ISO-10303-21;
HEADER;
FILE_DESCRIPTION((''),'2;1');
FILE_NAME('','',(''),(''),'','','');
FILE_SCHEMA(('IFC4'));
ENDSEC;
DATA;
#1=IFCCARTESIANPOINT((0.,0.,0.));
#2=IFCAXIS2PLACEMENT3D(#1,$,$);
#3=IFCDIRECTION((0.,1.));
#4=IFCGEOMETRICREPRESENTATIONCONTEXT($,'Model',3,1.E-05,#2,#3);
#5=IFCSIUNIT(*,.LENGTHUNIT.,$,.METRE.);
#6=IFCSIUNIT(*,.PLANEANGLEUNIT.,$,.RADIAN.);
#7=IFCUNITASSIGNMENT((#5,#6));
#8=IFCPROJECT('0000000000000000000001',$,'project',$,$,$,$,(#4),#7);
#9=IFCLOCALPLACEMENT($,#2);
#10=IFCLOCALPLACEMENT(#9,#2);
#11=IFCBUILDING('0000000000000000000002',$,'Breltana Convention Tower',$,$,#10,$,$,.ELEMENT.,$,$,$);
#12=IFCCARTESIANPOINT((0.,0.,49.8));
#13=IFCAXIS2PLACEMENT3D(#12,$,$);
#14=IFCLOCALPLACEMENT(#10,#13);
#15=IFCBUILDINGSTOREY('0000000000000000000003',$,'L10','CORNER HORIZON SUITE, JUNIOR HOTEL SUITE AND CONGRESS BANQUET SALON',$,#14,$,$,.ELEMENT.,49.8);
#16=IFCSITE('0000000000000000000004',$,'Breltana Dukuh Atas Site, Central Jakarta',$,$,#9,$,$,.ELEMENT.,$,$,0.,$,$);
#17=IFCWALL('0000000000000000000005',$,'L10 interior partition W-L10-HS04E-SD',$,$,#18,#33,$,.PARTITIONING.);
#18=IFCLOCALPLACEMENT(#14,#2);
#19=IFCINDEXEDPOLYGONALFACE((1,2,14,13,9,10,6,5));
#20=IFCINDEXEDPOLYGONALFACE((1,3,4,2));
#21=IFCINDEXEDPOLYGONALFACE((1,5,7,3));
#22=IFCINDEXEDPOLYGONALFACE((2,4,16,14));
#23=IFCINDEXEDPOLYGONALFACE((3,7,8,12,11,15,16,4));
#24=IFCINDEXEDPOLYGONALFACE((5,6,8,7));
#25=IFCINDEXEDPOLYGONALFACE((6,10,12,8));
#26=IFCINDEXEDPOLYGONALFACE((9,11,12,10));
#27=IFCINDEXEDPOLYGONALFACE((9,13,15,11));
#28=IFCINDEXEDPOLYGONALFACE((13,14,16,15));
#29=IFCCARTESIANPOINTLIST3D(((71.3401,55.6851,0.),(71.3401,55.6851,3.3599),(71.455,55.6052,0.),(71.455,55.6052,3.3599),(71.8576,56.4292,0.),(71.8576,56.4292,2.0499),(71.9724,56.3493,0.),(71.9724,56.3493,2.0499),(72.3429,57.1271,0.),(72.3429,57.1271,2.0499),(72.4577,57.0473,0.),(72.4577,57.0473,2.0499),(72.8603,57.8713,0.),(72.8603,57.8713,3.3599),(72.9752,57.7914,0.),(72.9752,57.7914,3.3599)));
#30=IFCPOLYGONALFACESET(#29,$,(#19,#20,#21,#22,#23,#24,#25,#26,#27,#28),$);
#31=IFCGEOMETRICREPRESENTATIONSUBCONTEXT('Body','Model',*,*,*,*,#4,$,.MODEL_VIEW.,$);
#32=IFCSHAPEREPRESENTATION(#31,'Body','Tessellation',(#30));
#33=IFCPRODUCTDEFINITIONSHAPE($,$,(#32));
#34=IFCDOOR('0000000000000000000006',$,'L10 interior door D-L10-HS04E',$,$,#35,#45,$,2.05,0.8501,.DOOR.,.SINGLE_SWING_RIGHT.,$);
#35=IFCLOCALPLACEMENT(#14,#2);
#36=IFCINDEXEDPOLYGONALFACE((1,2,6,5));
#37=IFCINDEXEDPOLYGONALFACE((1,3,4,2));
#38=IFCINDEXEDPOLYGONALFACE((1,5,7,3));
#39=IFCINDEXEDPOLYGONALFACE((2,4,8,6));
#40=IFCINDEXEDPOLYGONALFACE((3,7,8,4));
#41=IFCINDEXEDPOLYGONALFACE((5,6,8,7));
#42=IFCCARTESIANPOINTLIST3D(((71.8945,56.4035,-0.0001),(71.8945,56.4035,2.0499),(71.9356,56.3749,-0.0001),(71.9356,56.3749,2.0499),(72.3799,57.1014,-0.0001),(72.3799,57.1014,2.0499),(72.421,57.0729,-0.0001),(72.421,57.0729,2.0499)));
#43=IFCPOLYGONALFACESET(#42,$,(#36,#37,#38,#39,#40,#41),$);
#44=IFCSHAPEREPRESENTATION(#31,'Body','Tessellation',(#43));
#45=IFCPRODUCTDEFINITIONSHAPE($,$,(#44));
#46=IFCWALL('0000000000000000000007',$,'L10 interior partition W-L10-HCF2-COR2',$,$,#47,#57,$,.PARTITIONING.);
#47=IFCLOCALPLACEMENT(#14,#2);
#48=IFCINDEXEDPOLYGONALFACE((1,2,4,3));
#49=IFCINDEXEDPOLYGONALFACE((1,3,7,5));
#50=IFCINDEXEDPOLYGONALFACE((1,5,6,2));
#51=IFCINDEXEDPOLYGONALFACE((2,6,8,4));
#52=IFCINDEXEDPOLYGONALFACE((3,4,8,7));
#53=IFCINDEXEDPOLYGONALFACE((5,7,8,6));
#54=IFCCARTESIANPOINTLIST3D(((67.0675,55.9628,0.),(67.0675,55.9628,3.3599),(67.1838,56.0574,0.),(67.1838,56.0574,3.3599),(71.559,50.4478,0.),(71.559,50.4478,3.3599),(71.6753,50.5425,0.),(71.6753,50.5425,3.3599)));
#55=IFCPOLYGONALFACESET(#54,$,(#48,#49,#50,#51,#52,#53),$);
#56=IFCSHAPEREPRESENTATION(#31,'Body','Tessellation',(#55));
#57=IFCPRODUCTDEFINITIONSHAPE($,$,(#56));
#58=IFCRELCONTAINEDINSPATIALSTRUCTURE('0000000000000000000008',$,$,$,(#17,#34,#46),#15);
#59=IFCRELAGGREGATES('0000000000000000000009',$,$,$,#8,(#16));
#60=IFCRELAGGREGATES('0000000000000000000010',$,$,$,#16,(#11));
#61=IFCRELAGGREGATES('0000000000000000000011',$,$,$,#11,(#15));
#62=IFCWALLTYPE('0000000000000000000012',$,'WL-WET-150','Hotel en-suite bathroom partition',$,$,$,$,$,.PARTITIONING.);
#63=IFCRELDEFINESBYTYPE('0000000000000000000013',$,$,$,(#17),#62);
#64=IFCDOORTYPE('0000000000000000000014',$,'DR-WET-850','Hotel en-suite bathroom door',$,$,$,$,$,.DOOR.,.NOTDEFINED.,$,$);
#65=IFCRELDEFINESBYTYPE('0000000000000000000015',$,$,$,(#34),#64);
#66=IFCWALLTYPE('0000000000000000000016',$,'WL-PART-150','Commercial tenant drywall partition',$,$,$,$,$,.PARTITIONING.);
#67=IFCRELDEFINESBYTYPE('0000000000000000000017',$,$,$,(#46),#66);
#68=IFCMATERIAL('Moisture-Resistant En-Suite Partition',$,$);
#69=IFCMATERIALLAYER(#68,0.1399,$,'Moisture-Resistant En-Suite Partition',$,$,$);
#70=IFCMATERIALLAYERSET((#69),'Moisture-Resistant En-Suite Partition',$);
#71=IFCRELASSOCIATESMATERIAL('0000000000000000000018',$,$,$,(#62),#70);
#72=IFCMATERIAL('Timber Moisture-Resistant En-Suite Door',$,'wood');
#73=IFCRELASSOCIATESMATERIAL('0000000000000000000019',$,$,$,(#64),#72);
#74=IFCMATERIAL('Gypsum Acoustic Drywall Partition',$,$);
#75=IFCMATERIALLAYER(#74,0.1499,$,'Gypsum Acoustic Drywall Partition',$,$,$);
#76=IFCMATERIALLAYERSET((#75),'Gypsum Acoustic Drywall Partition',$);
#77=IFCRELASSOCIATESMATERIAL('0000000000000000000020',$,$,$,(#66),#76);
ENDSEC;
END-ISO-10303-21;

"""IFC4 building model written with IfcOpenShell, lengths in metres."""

from ifc_helpers import new_model, si_unit, direction, frame, frame_2d, origin, place, context, subcontext, project, spatial, rectangle, extrude, source, transform, mapped, material, layer, layer_set, type_object, type_shapes, element, fill, save


model = new_model("IFC4")

# Units and contexts
model_context = context("Model", 3, precision=1e-05, world=origin(), true_north=direction((0.0, 1.0)))
body_context = subcontext(model_context, "Body", "Model", "MODEL_VIEW")
ifc_project = project(units=[si_unit("LENGTHUNIT", "METRE"), si_unit("PLANEANGLEUNIT", "RADIAN")], contexts=[model_context])

# Site, building, storey
site_placement = place(None, origin())
site = spatial("IfcSite", under=ifc_project, at=site_placement, Name="Breltana Dukuh Atas Site, Central Jakarta", CompositionType="ELEMENT", RefElevation=0.0)
building_placement = place(site_placement, origin())
building = spatial("IfcBuilding", under=site, at=building_placement, Name="Breltana Convention Tower", CompositionType="ELEMENT")
storey_placement = place(building_placement, frame((0.0, 0.0, 49.8)))
storey = spatial("IfcBuildingStorey", under=building, at=storey_placement, Name="L10", Description="CORNER HORIZON SUITE, JUNIOR HOTEL SUITE AND CONGRESS BANQUET SALON", CompositionType="ELEMENT", Elevation=49.8)

# Shared definitions
ifc_material_1 = material(Name="Moisture-Resistant En-Suite Partition")
ifc_layer_1 = layer(ifc_material_1, 0.1399, Name="Moisture-Resistant En-Suite Partition")
ifc_layer_set_1 = layer_set([ifc_layer_1], Name="Moisture-Resistant En-Suite Partition")
wall_type_1 = type_object("IfcWallType", Name="WL-WET-150", Description="Hotel en-suite bathroom partition", PredefinedType="PARTITIONING", material=ifc_layer_set_1)
ifc_material_2 = material(Name="Timber Moisture-Resistant En-Suite Door", Category="wood")
door_type_1 = type_object("IfcDoorType", Name="DR-WET-850", Description="Hotel en-suite bathroom door", OperationType="NOTDEFINED", PredefinedType="DOOR", material=ifc_material_2)
shared_shape_1 = source(origin(), body_context, "Body", "SweptSolid", [
    extrude(rectangle(XDim=0.8501, YDim=2.05, at=frame_2d((0.425, 1.0249))), frame((0.0, 0.0249, 0.0), z_axis=(0.0, -1.0, 0.0), x_axis=(1.0, 0.0, 0.0)), (0.0, 0.0, 1.0), 0.05),
])
type_shapes(door_type_1, [shared_shape_1])

# Shared definitions
ifc_material_3 = material(Name="Gypsum Acoustic Drywall Partition")
ifc_layer_2 = layer(ifc_material_3, 0.1499, Name="Gypsum Acoustic Drywall Partition")
ifc_layer_set_2 = layer_set([ifc_layer_2], Name="Gypsum Acoustic Drywall Partition")
wall_type_2 = type_object("IfcWallType", Name="WL-PART-150", Description="Commercial tenant drywall partition", PredefinedType="PARTITIONING", material=ifc_layer_set_2)

# Wall, opening, door
shared_shape_2 = source(origin(), body_context, "Body", "SweptSolid", [
    extrude(rectangle(XDim=2.6628, YDim=0.1399, at=frame_2d((1.3315, 0.0))), origin(), (0.0, 0.0, 1.0), 3.3599),
])
wall_1_placement = place(storey_placement, frame((71.3975, 55.645, 0.0), z_axis=(0.0, 0.0, 1.0), x_axis=(0.570906, 0.821015, 0.0)))
wall_1 = element("IfcWall", 1, at=wall_1_placement, inside=storey, type_object=wall_type_1, Name="L10 interior partition W-L10-HS04E-SD", PredefinedType="PARTITIONING", context=body_context, shape_type="MappedRepresentation", body=[
    mapped(shared_shape_2, transform((0.0, 0.0, 0.0), scale=1.0)),
])
opening_1_placement = place(wall_1_placement, frame((0.9065, 0.0, 0.0)))
opening_1 = element("IfcOpeningElement", 2, at=opening_1_placement, cuts=wall_1, PredefinedType="OPENING", context=body_context, shape_type="SweptSolid", body=[
    extrude(rectangle(XDim=0.8501, YDim=2.05, at=frame_2d((0.425, 1.0249))), frame((0.0, 0.0801, 0.0), z_axis=(0.0, -1.0, 0.0), x_axis=(1.0, 0.0, 0.0)), (0.0, 0.0, 1.0), 0.1599),
])
door_1_placement = place(opening_1_placement, origin())
door_1 = element("IfcDoor", 3, at=door_1_placement, inside=storey, type_object=door_type_1, Name="L10 interior door D-L10-HS04E", OperationType="SINGLE_SWING_RIGHT", OverallHeight=2.05, OverallWidth=0.8501, PredefinedType="DOOR", context=body_context, shape_type="MappedRepresentation", body=[
    mapped(shared_shape_1, transform((0.0, 0.0, 0.0), scale=1.0)),
])
fill(opening_1, door_1)

# Wall
shared_shape_3 = source(origin(), body_context, "Body", "SweptSolid", [
    extrude(rectangle(XDim=7.1125, YDim=0.1499, at=frame_2d((3.5562, 0.0))), origin(), (0.0, 0.0, 1.0), 3.3599),
])
wall_2_placement = place(storey_placement, frame((67.1257, 56.01, 0.0), z_axis=(0.0, 0.0, 1.0), x_axis=(0.63149, -0.775384, 0.0)))
element("IfcWall", 4, at=wall_2_placement, inside=storey, type_object=wall_type_2, Name="L10 interior partition W-L10-HCF2-COR2", PredefinedType="PARTITIONING", context=body_context, shape_type="MappedRepresentation", body=[
    mapped(shared_shape_3, transform((0.0, 0.0, 0.0), scale=1.0)),
])

save(model, "model.ifc")
